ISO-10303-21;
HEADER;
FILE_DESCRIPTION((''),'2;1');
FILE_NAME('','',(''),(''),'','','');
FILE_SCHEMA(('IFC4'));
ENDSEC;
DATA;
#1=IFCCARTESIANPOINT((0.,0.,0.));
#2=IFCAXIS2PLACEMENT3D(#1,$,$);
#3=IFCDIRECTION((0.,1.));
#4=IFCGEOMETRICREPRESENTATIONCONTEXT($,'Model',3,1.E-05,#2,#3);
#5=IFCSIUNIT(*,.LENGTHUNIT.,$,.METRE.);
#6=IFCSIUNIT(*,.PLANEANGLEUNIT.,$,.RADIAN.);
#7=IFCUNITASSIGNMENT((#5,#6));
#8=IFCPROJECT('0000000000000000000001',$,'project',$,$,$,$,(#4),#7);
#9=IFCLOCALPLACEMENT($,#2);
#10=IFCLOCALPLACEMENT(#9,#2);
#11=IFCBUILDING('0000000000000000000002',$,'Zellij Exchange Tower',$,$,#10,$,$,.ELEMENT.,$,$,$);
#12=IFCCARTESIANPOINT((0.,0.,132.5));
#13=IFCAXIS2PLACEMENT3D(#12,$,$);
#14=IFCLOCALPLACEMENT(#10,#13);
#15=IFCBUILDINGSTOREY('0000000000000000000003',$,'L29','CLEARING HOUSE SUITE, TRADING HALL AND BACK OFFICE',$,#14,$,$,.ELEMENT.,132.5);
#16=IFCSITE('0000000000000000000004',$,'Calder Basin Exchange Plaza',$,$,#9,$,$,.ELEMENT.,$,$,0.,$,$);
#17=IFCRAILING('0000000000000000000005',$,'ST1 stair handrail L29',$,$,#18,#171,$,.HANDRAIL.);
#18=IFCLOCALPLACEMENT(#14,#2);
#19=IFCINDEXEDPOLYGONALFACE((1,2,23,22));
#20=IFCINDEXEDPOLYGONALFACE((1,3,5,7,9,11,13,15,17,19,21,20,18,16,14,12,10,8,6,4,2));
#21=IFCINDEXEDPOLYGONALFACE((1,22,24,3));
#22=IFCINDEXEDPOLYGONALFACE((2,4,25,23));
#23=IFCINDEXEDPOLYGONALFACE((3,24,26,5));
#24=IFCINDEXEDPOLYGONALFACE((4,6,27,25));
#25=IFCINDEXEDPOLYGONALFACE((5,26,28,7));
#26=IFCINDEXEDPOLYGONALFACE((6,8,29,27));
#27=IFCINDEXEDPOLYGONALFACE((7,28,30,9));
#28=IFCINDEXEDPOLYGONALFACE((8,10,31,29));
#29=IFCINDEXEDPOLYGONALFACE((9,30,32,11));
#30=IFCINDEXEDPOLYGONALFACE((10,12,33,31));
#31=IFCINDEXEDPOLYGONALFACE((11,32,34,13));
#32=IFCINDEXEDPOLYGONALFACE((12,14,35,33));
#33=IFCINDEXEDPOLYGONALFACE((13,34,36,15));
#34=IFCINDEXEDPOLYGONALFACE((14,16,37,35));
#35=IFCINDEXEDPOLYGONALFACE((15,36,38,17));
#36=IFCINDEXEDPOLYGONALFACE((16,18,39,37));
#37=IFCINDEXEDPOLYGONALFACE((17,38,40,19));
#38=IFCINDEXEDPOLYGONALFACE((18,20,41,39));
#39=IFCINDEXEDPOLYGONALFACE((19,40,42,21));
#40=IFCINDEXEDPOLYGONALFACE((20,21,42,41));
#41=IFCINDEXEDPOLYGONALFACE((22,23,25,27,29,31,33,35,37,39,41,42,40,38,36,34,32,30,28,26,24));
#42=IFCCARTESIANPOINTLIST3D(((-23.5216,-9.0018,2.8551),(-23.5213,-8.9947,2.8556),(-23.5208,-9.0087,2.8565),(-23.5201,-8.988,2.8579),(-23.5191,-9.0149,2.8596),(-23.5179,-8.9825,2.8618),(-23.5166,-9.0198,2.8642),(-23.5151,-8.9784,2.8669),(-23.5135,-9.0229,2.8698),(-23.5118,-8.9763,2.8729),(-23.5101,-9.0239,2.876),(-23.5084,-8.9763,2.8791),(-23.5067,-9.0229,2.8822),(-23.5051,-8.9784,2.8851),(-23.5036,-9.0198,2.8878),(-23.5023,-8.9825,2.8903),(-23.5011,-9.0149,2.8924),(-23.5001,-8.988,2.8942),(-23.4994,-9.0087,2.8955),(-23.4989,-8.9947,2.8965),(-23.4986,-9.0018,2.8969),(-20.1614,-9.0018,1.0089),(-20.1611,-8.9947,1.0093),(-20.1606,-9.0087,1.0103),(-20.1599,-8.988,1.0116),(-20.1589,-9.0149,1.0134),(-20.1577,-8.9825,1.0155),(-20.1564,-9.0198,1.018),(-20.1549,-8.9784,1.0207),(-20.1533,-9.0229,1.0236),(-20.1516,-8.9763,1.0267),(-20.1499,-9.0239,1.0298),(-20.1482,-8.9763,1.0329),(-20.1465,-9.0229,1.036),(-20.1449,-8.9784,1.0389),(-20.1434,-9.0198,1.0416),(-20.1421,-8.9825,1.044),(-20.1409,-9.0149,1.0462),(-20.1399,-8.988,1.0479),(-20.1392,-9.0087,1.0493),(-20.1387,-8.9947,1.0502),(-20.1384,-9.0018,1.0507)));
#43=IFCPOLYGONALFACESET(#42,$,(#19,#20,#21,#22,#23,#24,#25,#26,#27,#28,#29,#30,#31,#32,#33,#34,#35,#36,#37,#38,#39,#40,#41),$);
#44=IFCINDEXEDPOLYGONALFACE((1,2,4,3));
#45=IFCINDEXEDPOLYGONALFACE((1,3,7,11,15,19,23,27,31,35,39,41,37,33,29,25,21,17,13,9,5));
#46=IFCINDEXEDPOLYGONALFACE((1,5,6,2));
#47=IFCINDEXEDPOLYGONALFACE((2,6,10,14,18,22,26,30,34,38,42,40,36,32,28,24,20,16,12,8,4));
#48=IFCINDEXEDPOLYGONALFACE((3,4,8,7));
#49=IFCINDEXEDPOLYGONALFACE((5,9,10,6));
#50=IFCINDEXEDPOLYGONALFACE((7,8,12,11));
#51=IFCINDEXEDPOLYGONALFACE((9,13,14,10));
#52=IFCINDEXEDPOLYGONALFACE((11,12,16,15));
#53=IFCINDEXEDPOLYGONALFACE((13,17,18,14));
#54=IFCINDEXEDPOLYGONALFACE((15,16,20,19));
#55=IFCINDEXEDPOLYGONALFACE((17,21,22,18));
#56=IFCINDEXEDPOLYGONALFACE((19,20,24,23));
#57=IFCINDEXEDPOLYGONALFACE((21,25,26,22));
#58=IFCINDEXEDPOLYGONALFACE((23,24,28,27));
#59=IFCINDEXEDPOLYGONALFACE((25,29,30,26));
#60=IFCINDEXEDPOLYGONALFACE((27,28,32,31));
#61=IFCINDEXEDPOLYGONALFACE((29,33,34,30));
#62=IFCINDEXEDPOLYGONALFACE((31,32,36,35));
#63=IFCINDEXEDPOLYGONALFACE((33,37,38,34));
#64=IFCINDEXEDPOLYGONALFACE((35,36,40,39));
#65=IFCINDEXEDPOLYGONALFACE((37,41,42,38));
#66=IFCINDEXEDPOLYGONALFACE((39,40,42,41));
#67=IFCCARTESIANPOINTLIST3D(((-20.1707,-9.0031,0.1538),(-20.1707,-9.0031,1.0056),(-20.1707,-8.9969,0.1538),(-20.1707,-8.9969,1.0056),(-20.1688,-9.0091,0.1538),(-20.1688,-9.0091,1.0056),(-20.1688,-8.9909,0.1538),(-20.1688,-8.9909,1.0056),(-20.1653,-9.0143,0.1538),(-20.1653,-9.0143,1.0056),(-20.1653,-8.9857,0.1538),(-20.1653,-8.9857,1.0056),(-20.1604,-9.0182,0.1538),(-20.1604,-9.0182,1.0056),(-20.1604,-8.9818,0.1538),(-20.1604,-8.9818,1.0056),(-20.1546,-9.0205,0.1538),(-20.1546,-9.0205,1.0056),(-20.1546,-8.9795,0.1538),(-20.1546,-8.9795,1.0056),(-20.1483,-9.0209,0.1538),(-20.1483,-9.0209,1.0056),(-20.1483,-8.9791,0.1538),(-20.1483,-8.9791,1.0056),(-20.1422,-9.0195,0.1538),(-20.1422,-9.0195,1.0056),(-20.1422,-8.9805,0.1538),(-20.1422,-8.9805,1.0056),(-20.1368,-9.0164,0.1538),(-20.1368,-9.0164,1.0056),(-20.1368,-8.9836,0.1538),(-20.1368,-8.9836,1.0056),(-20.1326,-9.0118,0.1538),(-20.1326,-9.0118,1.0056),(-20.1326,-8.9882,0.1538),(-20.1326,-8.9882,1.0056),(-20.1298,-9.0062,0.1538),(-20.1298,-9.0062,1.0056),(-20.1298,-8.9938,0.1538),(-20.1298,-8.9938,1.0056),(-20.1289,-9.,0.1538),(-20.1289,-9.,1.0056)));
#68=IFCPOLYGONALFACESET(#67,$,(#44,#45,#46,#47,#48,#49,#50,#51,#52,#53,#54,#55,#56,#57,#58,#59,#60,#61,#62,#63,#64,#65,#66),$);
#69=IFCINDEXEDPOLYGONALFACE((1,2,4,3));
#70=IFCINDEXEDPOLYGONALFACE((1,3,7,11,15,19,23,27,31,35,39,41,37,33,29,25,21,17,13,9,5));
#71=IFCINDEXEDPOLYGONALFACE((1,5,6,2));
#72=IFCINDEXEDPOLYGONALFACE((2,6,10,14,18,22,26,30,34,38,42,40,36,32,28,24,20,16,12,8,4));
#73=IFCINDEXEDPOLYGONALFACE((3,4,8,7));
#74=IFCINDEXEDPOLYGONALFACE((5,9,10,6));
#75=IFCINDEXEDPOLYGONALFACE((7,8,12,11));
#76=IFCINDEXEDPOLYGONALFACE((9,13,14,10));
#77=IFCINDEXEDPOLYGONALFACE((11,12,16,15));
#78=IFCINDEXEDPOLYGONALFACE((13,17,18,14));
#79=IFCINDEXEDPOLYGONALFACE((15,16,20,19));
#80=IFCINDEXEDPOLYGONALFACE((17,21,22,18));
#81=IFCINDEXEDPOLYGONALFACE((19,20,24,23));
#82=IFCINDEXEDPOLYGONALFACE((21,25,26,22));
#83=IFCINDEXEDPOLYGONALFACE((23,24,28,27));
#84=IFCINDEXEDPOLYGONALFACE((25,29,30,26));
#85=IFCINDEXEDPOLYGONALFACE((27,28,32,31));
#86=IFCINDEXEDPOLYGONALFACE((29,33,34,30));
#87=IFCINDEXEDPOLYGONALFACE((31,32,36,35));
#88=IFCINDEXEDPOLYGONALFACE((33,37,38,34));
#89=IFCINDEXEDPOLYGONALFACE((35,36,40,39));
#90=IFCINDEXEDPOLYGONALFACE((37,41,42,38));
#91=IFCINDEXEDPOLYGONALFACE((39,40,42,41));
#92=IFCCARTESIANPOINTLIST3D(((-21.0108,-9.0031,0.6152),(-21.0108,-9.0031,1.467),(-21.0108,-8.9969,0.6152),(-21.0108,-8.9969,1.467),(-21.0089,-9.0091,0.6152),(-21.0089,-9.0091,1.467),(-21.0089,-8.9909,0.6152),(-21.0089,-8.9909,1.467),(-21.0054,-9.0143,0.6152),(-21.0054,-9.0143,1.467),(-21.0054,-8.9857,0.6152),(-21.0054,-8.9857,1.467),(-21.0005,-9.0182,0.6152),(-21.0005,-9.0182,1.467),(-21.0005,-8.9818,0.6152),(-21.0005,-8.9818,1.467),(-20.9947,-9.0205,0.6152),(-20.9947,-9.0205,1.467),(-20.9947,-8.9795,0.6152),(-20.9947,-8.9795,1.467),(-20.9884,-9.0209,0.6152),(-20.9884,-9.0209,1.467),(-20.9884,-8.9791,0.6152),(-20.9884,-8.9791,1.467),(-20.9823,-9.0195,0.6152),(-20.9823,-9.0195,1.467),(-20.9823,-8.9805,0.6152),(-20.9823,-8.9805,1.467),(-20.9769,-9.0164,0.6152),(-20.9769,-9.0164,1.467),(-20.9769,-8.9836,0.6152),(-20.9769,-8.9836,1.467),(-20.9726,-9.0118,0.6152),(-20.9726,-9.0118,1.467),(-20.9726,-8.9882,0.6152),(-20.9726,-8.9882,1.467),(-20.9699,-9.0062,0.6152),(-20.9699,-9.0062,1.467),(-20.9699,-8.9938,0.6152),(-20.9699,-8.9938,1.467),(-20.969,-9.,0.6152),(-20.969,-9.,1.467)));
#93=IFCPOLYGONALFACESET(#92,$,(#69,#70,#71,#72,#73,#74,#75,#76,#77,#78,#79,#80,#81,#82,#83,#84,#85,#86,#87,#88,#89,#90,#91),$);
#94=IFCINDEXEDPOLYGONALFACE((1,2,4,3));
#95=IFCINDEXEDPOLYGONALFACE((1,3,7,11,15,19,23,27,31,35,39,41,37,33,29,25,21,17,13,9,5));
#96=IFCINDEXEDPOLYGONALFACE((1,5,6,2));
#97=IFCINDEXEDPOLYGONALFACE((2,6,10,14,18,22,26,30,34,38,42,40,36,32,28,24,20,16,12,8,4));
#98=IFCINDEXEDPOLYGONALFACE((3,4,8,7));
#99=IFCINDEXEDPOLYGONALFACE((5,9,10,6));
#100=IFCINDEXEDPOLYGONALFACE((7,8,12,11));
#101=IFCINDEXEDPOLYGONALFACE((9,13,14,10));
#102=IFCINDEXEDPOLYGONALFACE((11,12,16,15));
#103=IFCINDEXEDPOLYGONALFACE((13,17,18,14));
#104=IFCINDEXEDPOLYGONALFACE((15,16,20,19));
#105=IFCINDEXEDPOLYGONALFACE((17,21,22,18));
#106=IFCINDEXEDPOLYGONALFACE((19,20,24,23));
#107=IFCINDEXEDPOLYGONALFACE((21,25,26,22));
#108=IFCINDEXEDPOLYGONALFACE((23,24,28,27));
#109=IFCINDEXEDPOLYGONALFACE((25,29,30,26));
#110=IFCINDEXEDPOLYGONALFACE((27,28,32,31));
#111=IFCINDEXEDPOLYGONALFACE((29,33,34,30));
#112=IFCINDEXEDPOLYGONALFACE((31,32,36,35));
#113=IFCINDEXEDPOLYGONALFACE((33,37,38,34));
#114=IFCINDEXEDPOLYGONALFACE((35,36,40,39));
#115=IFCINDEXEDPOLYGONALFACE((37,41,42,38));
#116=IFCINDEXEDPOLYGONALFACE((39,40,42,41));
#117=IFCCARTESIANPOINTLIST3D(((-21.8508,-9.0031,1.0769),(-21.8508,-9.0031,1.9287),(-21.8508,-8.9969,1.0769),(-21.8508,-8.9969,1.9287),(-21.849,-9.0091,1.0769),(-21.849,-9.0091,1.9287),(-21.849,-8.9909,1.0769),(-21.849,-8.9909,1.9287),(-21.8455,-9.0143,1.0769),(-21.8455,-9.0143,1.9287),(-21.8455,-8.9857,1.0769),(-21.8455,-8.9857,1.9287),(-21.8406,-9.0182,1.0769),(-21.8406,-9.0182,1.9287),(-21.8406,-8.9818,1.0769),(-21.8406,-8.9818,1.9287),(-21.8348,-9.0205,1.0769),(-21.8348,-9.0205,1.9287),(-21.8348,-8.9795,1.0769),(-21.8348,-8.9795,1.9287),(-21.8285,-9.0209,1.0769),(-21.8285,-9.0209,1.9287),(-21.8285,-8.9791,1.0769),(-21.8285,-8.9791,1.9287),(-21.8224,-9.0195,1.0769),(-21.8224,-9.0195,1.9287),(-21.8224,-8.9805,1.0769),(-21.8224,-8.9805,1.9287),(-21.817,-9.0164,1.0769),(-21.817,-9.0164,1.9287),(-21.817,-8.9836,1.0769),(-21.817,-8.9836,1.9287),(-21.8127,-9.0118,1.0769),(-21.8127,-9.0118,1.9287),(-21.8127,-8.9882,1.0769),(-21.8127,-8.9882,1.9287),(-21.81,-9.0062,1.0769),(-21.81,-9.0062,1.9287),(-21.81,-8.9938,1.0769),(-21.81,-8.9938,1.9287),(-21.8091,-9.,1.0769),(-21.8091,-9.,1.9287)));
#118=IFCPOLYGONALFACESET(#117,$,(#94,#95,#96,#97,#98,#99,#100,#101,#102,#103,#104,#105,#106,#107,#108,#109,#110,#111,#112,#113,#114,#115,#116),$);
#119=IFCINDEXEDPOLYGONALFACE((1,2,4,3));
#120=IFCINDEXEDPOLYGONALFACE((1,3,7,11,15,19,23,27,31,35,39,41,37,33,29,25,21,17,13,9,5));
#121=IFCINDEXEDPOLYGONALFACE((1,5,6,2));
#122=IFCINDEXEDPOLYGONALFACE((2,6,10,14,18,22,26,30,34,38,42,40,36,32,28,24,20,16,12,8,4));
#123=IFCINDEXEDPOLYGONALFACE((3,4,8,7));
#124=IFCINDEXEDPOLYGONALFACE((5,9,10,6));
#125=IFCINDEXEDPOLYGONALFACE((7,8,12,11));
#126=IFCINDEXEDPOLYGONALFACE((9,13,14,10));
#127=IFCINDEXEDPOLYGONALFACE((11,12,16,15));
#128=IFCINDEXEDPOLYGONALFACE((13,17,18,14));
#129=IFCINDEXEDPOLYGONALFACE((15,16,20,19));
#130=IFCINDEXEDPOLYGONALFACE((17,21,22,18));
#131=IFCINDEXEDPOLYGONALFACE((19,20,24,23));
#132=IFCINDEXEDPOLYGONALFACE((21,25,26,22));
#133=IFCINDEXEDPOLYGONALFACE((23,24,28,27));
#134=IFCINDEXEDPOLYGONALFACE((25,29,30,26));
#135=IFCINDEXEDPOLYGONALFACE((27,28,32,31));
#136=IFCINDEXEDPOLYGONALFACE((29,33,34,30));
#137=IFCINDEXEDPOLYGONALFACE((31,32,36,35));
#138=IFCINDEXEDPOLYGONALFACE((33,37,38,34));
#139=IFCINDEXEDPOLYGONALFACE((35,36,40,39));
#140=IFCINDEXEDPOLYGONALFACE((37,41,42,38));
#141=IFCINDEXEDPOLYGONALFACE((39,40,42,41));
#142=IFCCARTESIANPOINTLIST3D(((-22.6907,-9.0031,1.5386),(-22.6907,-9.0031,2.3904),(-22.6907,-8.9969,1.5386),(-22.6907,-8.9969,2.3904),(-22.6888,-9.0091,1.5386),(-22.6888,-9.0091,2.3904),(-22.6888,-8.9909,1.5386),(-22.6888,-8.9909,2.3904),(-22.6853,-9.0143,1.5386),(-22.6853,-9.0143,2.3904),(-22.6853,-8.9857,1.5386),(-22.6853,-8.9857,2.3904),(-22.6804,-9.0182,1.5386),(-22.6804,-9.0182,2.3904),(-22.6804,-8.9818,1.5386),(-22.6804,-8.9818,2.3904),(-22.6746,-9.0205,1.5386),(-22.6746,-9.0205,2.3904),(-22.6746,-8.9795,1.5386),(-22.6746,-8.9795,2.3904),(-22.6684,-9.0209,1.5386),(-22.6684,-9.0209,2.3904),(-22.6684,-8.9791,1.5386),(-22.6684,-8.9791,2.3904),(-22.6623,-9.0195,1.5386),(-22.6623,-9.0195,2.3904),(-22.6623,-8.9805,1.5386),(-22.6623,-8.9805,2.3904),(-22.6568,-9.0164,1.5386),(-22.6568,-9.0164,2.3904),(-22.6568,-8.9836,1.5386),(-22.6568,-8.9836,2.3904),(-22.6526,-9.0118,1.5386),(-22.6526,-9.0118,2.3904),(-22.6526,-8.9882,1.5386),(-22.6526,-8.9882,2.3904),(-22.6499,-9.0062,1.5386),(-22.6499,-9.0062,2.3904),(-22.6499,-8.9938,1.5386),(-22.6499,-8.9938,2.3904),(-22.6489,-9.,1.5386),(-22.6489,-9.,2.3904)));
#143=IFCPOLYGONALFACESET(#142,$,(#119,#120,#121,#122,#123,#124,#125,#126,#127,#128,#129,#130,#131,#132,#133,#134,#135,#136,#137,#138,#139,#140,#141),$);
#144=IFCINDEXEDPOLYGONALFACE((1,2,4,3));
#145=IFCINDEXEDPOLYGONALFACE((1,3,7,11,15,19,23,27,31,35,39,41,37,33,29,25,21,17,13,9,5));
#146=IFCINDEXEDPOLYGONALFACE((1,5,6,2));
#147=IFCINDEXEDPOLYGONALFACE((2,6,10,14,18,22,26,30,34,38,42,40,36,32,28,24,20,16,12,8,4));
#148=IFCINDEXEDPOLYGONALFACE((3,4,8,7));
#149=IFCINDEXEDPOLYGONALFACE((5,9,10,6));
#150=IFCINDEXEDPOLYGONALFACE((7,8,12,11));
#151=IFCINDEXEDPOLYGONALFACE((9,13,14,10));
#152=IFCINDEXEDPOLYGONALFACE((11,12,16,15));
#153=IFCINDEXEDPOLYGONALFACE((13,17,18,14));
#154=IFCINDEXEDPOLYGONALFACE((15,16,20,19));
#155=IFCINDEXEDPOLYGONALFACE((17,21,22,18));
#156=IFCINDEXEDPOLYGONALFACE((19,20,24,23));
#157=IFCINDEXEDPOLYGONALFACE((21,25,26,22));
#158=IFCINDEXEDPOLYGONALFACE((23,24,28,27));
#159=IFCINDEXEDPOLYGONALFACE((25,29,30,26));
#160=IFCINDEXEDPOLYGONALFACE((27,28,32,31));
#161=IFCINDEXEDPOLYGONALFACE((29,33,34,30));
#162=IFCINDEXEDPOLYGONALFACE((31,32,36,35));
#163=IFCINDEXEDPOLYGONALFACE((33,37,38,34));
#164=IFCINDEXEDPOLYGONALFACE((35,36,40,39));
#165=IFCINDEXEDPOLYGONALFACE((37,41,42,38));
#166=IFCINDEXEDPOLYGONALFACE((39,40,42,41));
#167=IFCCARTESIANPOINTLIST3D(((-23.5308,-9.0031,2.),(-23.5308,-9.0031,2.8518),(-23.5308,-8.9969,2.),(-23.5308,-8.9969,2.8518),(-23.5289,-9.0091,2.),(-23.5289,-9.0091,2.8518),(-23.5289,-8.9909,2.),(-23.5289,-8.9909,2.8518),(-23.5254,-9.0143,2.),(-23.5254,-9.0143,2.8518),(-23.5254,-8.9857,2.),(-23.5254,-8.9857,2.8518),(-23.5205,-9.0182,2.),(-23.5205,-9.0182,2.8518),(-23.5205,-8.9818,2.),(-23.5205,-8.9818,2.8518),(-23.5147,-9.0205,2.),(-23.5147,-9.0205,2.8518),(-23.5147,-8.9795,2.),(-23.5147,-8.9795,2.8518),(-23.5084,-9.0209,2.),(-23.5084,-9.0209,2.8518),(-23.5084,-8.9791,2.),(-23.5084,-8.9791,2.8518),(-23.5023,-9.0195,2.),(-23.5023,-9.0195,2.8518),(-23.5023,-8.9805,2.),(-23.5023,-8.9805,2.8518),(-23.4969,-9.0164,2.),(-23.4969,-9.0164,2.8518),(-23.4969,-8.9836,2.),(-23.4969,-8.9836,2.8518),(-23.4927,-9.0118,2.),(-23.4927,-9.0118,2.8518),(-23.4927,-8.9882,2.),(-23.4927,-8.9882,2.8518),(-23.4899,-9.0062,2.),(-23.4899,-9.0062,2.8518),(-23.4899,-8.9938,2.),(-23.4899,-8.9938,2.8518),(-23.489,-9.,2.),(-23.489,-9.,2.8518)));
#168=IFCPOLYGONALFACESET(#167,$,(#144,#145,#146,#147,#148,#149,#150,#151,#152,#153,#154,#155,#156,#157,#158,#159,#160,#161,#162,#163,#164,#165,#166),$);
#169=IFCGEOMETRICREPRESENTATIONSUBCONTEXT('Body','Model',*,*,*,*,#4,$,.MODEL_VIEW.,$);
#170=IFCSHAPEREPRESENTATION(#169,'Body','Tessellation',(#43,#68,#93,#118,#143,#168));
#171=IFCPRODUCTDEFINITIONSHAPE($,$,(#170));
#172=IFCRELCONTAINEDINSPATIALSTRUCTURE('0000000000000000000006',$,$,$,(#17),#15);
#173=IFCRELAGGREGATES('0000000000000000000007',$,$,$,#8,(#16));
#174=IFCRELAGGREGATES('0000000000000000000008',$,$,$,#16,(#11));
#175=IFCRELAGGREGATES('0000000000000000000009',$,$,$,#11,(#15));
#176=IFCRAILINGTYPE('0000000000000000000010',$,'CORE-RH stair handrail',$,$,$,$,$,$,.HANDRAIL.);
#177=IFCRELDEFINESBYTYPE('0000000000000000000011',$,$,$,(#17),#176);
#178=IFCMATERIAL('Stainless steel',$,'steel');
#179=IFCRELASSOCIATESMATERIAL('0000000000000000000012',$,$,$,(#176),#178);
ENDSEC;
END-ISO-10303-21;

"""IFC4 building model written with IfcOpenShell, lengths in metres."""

from ifc_helpers import new_model, si_unit, direction, frame, origin, origin_2d, place, context, subcontext, project, spatial, circle, extrude, material, type_object, element, save


model = new_model("IFC4")

# Units and contexts
model_context = context("Model", 3, precision=1e-05, world=origin(), true_north=direction((0.0, 1.0)))
body_context = subcontext(model_context, "Body", "Model", "MODEL_VIEW")
ifc_project = project(units=[si_unit("LENGTHUNIT", "METRE"), si_unit("PLANEANGLEUNIT", "RADIAN")], contexts=[model_context])

# Site, building, storey
site_placement = place(None, origin())
site = spatial("IfcSite", under=ifc_project, at=site_placement, Name="Calder Basin Exchange Plaza", CompositionType="ELEMENT", RefElevation=0.0)
building_placement = place(site_placement, origin())
building = spatial("IfcBuilding", under=site, at=building_placement, Name="Zellij Exchange Tower", CompositionType="ELEMENT")
storey_placement = place(building_placement, frame((0.0, 0.0, 132.5)))
storey = spatial("IfcBuildingStorey", under=building, at=storey_placement, Name="L29", Description="CLEARING HOUSE SUITE, TRADING HALL AND BACK OFFICE", CompositionType="ELEMENT", Elevation=132.5)

# Railing
ifc_material_1 = material(Name="Stainless steel", Category="steel")
railing_type_1 = type_object("IfcRailingType", Name="CORE-RH stair handrail", PredefinedType="HANDRAIL", material=ifc_material_1)
railing_1_placement = place(storey_placement, frame((-20.1499, -9.0, 0.1538)))
element("IfcRailing", 1, at=railing_1_placement, inside=storey, type_object=railing_type_1, Name="ST1 stair handrail L29", PredefinedType="HANDRAIL", context=body_context, shape_type="SweptSolid", body=[
    extrude(circle(Radius=0.0239, at=origin_2d()), frame((0.0, 0.0, 0.876), z_axis=(-0.876422, 0.0, 0.481545), x_axis=(0.0, -1.0, 0.0)), (0.0, 0.0, 1.0), 3.834),
    extrude(circle(Radius=0.021, at=origin_2d()), origin(), (0.0, 0.0, 1.0), 0.8518),
    extrude(circle(Radius=0.021, at=origin_2d()), frame((-0.8401, 0.0, 0.4614)), (0.0, 0.0, 1.0), 0.8518),
    extrude(circle(Radius=0.021, at=origin_2d()), frame((-1.6802, 0.0, 0.9231)), (0.0, 0.0, 1.0), 0.8518),
    extrude(circle(Radius=0.021, at=origin_2d()), frame((-2.52, 0.0, 1.3848)), (0.0, 0.0, 1.0), 0.8518),
    extrude(circle(Radius=0.021, at=origin_2d()), frame((-3.3601, 0.0, 1.8462)), (0.0, 0.0, 1.0), 0.8518),
])

save(model, "model.ifc")
